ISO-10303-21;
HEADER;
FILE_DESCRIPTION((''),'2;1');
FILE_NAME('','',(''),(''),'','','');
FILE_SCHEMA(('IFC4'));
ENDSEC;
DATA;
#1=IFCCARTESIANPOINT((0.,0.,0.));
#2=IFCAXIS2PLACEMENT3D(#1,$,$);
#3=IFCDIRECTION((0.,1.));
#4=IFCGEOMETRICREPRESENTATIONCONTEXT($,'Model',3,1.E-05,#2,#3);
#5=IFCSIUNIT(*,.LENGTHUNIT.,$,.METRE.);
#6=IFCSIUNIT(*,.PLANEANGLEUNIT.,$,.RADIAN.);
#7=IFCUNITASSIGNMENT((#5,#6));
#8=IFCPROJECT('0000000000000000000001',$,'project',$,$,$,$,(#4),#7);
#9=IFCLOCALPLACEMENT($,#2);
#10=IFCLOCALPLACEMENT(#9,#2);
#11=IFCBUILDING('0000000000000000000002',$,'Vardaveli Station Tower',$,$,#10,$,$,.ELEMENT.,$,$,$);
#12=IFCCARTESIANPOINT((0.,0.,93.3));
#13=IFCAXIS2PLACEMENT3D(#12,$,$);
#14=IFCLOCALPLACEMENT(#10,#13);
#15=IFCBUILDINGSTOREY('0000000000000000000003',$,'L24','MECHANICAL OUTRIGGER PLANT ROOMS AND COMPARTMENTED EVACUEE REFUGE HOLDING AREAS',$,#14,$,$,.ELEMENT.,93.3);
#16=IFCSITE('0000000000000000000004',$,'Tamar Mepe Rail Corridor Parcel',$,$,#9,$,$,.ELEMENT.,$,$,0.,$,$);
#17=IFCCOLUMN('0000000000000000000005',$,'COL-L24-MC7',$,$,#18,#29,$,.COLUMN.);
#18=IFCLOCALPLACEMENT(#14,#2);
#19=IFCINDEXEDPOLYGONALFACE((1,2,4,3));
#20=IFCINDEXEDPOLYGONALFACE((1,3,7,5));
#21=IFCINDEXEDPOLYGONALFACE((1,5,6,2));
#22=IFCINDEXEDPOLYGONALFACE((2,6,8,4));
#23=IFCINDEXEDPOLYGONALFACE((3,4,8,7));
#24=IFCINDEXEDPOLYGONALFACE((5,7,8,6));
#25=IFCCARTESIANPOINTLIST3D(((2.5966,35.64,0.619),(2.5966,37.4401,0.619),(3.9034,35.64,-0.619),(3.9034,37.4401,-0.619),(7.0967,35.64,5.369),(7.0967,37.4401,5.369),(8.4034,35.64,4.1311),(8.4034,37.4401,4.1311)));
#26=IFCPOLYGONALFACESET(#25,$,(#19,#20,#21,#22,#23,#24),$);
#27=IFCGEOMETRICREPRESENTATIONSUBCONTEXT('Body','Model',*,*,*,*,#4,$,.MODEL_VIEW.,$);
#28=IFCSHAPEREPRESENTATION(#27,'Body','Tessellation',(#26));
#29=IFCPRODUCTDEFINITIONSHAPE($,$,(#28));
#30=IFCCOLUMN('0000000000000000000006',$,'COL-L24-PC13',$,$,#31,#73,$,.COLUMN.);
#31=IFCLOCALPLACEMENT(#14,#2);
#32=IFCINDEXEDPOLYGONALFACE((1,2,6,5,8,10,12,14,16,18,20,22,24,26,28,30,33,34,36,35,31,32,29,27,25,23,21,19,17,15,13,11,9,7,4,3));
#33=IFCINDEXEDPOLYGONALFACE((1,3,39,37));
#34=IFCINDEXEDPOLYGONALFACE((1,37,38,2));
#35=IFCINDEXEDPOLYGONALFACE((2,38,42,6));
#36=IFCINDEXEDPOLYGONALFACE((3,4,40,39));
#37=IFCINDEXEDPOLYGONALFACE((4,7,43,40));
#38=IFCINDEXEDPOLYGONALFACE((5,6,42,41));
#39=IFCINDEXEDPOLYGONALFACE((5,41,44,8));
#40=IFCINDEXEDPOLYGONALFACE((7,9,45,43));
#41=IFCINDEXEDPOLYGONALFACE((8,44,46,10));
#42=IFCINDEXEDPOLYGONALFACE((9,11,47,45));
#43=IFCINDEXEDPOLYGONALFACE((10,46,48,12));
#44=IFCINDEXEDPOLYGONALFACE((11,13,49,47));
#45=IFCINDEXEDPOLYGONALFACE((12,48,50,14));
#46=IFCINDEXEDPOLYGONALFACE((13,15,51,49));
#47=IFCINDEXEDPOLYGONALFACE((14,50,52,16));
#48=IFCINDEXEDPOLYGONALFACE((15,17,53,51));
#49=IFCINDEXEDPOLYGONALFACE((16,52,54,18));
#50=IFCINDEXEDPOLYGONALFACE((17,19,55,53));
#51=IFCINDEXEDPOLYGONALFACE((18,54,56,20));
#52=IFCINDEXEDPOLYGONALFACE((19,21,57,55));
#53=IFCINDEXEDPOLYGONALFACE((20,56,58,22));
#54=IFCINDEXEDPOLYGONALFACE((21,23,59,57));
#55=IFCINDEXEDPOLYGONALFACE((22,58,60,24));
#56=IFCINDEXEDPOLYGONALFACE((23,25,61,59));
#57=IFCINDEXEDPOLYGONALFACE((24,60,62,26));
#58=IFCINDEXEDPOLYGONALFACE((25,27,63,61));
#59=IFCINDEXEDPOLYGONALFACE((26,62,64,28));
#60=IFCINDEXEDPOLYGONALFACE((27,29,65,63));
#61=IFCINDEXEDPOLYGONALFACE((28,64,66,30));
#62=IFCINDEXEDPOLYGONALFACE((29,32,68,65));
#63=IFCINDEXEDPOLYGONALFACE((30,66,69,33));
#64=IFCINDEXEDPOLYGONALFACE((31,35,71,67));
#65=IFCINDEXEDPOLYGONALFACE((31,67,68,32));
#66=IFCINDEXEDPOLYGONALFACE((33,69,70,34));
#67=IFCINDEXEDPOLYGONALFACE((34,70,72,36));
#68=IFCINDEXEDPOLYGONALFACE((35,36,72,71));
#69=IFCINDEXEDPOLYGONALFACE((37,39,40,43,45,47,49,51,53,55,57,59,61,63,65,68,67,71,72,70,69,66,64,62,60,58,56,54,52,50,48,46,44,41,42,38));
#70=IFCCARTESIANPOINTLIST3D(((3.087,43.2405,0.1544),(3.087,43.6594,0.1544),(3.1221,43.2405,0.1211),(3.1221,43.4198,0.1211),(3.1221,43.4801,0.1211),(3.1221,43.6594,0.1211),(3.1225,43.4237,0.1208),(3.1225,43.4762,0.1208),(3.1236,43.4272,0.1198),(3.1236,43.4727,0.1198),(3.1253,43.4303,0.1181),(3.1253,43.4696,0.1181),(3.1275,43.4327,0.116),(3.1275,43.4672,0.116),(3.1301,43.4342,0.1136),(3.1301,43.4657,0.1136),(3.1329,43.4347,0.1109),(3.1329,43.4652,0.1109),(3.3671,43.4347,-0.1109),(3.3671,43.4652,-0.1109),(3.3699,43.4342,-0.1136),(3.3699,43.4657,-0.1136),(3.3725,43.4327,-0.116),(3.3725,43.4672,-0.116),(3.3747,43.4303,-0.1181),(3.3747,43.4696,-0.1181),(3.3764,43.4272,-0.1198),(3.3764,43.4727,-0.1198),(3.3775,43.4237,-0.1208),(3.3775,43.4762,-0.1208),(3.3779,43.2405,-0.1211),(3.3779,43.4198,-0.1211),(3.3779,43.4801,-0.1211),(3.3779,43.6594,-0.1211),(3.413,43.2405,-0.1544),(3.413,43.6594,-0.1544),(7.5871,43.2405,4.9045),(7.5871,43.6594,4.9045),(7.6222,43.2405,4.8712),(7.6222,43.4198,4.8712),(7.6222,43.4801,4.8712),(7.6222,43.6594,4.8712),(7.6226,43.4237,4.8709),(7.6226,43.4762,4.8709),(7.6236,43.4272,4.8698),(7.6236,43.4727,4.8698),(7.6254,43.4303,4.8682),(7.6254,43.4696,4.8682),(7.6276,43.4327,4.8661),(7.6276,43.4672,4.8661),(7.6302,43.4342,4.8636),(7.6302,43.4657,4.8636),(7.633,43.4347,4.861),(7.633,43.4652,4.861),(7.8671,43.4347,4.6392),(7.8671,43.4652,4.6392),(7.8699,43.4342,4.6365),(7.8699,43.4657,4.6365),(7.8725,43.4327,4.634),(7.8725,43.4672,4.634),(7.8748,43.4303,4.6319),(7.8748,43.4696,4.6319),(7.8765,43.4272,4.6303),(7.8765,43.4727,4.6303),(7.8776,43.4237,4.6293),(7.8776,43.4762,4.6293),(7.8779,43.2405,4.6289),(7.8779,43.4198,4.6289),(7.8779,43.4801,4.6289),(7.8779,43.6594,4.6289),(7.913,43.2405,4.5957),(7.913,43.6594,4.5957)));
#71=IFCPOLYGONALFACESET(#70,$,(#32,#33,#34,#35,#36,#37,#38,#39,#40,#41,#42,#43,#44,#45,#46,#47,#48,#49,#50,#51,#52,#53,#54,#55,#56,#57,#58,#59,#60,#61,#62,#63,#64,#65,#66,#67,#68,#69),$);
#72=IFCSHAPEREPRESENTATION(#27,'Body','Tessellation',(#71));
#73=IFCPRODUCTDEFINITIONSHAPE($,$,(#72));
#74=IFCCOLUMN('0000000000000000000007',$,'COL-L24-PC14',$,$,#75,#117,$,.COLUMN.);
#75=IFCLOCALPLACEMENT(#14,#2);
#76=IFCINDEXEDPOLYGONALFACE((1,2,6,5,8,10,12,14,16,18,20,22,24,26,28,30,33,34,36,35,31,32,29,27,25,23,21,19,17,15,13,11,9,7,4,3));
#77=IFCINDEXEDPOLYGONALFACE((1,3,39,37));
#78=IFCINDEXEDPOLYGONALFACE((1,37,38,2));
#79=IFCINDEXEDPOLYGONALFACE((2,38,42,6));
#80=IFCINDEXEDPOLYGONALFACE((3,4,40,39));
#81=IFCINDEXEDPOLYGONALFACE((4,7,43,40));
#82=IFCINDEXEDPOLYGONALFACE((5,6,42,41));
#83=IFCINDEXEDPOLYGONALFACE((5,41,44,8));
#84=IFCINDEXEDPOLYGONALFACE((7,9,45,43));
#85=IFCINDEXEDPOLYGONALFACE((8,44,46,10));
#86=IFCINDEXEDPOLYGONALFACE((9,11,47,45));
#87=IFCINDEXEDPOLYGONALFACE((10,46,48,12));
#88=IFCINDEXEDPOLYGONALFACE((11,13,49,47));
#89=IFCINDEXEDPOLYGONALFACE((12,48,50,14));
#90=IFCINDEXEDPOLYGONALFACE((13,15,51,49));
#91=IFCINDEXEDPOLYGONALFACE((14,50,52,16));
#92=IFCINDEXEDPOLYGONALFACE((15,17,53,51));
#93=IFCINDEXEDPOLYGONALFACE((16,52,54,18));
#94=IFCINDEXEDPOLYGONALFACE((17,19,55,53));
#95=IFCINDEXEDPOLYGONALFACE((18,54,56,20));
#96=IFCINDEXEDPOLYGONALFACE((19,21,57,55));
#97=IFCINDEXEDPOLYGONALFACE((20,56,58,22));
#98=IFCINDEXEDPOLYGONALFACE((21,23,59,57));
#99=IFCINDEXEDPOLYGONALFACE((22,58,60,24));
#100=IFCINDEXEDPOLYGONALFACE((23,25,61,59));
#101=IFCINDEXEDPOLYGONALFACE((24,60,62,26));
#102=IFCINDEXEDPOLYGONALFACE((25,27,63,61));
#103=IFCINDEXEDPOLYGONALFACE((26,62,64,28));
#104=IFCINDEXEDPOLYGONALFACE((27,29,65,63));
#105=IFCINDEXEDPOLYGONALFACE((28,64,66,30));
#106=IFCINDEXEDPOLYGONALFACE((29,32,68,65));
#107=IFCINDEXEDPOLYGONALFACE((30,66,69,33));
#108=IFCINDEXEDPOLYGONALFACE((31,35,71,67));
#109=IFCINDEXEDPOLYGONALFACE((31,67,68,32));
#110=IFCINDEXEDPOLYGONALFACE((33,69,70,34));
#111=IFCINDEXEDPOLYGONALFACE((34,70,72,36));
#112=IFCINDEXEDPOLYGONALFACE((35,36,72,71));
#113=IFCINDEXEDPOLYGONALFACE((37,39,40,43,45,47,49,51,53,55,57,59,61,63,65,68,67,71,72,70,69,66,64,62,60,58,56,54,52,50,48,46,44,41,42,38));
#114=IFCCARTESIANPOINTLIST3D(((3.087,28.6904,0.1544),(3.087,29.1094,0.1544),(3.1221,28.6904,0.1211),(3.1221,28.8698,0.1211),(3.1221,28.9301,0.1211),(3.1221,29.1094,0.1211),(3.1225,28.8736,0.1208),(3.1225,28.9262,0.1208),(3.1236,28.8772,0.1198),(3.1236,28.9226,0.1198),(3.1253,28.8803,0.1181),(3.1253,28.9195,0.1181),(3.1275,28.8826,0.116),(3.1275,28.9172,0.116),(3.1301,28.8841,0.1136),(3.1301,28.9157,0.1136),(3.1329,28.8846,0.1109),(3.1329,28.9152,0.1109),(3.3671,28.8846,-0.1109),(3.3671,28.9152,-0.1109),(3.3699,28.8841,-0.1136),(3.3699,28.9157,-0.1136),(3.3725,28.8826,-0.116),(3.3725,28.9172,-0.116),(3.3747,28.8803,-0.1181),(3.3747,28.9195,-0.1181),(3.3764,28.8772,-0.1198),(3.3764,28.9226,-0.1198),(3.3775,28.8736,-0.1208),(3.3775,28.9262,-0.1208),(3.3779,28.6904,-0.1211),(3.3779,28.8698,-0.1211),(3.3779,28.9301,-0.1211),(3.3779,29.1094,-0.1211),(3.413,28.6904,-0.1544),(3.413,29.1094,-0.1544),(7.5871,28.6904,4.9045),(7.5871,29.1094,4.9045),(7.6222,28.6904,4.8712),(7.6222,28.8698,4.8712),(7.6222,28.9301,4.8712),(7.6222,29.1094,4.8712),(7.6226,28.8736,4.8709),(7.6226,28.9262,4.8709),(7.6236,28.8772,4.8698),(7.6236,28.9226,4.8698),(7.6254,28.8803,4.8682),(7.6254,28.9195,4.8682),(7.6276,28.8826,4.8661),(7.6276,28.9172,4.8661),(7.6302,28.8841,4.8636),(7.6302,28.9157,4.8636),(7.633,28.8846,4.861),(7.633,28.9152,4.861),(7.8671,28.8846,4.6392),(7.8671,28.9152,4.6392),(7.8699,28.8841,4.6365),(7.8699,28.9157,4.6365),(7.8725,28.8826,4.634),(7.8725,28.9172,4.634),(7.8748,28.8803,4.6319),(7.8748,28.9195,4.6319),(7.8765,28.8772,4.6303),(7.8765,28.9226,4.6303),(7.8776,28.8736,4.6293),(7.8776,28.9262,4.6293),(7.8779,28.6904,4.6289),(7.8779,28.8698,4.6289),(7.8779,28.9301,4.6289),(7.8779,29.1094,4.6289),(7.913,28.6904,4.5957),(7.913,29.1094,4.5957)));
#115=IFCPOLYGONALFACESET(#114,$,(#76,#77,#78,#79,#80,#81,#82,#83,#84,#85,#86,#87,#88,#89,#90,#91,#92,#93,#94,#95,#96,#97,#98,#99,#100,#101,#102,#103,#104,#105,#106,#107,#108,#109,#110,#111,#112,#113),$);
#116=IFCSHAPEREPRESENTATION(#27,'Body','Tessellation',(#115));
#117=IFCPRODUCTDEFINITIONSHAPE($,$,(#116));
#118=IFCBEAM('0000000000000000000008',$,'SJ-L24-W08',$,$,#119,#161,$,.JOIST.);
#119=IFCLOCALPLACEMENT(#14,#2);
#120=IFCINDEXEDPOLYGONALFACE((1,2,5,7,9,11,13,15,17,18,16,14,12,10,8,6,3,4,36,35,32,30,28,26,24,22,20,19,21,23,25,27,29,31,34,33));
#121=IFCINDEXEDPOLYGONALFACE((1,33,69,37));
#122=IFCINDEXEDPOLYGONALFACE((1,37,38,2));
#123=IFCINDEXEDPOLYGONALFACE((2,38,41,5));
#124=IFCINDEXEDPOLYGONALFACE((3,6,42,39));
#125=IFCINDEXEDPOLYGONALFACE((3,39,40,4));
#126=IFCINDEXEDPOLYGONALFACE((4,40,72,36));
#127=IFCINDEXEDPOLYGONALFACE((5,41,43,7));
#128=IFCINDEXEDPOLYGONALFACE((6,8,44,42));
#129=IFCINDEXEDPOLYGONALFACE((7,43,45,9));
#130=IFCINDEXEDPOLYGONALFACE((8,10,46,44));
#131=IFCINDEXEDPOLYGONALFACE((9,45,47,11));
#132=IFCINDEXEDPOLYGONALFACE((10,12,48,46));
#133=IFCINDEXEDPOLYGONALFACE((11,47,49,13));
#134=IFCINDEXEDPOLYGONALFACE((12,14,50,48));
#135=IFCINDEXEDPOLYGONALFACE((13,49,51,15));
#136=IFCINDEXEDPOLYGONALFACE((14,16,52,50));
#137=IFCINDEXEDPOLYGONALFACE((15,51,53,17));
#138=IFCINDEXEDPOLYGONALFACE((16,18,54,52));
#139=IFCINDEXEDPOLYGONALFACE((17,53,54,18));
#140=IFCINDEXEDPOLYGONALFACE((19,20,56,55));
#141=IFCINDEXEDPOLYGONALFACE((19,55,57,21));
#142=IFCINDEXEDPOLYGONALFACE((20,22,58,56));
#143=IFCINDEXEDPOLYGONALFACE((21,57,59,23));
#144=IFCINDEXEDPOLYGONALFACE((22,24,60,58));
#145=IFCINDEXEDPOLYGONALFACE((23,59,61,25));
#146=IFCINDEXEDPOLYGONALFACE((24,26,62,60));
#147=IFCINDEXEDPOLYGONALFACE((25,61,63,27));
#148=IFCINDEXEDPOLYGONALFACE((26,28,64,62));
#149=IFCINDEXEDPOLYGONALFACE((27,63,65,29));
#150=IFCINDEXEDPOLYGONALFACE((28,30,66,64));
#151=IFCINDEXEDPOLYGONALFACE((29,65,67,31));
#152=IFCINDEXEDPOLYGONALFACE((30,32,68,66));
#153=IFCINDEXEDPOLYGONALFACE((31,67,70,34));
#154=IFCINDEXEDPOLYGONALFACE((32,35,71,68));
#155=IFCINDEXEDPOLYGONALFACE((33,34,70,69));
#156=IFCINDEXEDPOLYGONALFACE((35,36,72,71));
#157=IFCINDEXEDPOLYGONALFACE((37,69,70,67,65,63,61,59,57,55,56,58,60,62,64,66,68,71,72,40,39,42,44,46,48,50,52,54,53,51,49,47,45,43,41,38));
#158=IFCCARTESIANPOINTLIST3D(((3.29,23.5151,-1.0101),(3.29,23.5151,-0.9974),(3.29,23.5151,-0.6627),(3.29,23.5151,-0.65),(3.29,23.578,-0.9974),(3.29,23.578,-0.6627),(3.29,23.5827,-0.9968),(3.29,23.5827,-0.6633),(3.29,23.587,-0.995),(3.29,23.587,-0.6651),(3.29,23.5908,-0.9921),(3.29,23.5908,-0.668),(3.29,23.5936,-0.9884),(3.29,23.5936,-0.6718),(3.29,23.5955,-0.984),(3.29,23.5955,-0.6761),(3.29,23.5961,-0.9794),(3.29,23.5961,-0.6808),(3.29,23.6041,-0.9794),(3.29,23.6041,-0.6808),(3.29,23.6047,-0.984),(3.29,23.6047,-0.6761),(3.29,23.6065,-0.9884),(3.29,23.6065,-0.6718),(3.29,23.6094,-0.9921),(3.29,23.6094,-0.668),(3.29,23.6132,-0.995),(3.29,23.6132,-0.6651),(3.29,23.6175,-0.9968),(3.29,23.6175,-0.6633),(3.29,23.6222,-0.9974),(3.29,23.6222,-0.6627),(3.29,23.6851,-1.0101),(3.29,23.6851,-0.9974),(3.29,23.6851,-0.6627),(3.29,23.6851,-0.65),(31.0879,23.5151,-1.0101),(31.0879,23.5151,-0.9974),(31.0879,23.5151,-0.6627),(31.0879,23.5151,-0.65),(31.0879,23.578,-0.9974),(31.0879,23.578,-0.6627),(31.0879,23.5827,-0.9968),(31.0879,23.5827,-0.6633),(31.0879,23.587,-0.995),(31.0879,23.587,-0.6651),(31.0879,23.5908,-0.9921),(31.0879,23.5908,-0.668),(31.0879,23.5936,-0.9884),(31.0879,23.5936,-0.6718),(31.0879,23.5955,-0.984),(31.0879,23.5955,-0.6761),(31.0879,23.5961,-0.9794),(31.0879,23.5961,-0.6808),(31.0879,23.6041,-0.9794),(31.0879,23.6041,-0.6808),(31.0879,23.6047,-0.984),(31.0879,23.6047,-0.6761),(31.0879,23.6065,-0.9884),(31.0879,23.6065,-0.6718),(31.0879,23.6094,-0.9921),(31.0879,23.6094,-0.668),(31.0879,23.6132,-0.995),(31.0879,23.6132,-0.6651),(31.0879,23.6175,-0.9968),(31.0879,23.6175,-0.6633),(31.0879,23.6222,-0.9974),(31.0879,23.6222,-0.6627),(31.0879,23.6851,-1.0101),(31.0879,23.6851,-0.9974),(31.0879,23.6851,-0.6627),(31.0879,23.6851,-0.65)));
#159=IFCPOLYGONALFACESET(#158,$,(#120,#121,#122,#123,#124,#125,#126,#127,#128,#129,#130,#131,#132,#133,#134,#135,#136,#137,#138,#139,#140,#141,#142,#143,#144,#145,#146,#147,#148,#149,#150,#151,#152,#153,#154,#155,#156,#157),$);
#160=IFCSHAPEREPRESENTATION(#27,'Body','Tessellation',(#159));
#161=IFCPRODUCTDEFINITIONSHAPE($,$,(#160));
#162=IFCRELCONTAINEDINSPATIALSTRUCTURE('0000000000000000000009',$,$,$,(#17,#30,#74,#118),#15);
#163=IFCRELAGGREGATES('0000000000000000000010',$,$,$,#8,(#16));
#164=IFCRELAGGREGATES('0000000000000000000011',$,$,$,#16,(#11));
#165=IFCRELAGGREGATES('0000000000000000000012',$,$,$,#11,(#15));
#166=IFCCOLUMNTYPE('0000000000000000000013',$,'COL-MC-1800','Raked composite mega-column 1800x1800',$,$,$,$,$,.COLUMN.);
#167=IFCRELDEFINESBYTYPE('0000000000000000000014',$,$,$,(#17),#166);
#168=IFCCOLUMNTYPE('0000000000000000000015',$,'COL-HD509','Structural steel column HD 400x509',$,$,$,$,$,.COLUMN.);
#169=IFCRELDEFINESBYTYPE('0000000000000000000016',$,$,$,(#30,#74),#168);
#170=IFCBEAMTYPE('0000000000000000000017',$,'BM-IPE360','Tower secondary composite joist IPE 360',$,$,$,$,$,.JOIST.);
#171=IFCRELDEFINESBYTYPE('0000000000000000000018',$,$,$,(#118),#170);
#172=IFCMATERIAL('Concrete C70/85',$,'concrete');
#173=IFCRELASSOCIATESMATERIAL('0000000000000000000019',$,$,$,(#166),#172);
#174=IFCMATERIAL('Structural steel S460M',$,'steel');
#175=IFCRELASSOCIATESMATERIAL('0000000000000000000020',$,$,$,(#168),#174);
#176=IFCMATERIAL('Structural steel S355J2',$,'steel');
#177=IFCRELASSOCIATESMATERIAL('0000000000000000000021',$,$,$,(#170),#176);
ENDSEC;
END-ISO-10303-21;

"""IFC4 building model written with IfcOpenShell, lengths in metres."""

from ifc_helpers import new_model, si_unit, direction, frame, origin, origin_2d, place, context, subcontext, project, spatial, rectangle, i_section, extrude, source, transform, mapped, material, material_profile, profile_set, type_object, element, save


model = new_model("IFC4")

# Units and contexts
model_context = context("Model", 3, precision=1e-05, world=origin(), true_north=direction((0.0, 1.0)))
body_context = subcontext(model_context, "Body", "Model", "MODEL_VIEW")
ifc_project = project(units=[si_unit("LENGTHUNIT", "METRE"), si_unit("PLANEANGLEUNIT", "RADIAN")], contexts=[model_context])

# Site, building, storey
site_placement = place(None, origin())
site = spatial("IfcSite", under=ifc_project, at=site_placement, Name="Tamar Mepe Rail Corridor Parcel", CompositionType="ELEMENT", RefElevation=0.0)
building_placement = place(site_placement, origin())
building = spatial("IfcBuilding", under=site, at=building_placement, Name="Vardaveli Station Tower", CompositionType="ELEMENT")
storey_placement = place(building_placement, frame((0.0, 0.0, 93.3)))
storey = spatial("IfcBuildingStorey", under=building, at=storey_placement, Name="L24", Description="MECHANICAL OUTRIGGER PLANT ROOMS AND COMPARTMENTED EVACUEE REFUGE HOLDING AREAS", CompositionType="ELEMENT", Elevation=93.3)

# Columns
ifc_material_1 = material(Name="Concrete C70/85", Category="concrete")
ifc_material_profile_1 = material_profile(ifc_material_1, rectangle(XDim=1.8, YDim=1.8, at=origin_2d()), Name="MC 1800x1800")
ifc_profile_set_1 = profile_set([ifc_material_profile_1], Name="Concrete C70/85")
column_type_1 = type_object("IfcColumnType", Name="COL-MC-1800", Description="Raked composite mega-column 1800x1800", PredefinedType="COLUMN", material=ifc_profile_set_1)
shared_shape_1 = source(origin(), body_context, "Body", "SweptSolid", [
    extrude(rectangle(XDim=1.8, YDim=1.8, at=origin_2d()), origin(), (0.0, 0.0, 1.0), 6.5432),
])
column_placement = place(storey_placement, frame((3.25, 36.54, 0.0), z_axis=(0.687745, 0.0, 0.725953), x_axis=(0.0, 1.0, 0.0)))
element("IfcColumn", 1, at=column_placement, inside=storey, type_object=column_type_1, Name="COL-L24-MC7", PredefinedType="COLUMN", context=body_context, shape_type="MappedRepresentation", body=[
    mapped(shared_shape_1, transform((0.0, 0.0, 0.0), scale=1.0)),
])
ifc_material_2 = material(Name="Structural steel S460M", Category="steel")
ifc_material_profile_2 = material_profile(ifc_material_2, i_section(OverallWidth=0.4189, OverallDepth=0.449, WebThickness=0.0305, FlangeThickness=0.0483, FilletRadius=0.0149, at=origin_2d()), Name="HD 400x509")
ifc_profile_set_2 = profile_set([ifc_material_profile_2], Name="Structural steel S460M")
column_type_2 = type_object("IfcColumnType", Name="COL-HD509", Description="Structural steel column HD 400x509", PredefinedType="COLUMN", material=ifc_profile_set_2)
shared_shape_2 = source(origin(), body_context, "Body", "SweptSolid", [
    extrude(i_section(OverallWidth=0.4189, OverallDepth=0.449, WebThickness=0.0305, FlangeThickness=0.0483, FilletRadius=0.0149, at=origin_2d()), origin(), (0.0, 0.0, 1.0), 6.5432),
])
for number, where, z_axis, x_axis, name in (
    (2, (3.25, 43.45, 0.0), (0.687745, 0.0, 0.725953), (0.0, 1.0, 0.0), "COL-L24-PC13"),
    (3, (3.25, 28.8999, 0.0), (0.687745, 0.0, 0.725953), (0.0, 1.0, 0.0), "COL-L24-PC14"),
):
    element("IfcColumn", number, at=place(storey_placement, frame(where, z_axis=z_axis, x_axis=x_axis)), inside=storey, type_object=column_type_2, Name=name, PredefinedType="COLUMN", context=body_context, shape_type="MappedRepresentation", body=[
        mapped(shared_shape_2, transform((0.0, 0.0, 0.0), scale=1.0)),
    ])

# Beam
ifc_material_3 = material(Name="Structural steel S355J2", Category="steel")
ifc_material_profile_3 = material_profile(ifc_material_3, i_section(OverallWidth=0.1699, OverallDepth=0.3601, WebThickness=0.0081, FlangeThickness=0.0127, FilletRadius=0.0181, at=origin_2d()), Name="IPE 360")
ifc_profile_set_3 = profile_set([ifc_material_profile_3], Name="Structural steel S355J2")
beam_type_1 = type_object("IfcBeamType", Name="BM-IPE360", Description="Tower secondary composite joist IPE 360", PredefinedType="JOIST", material=ifc_profile_set_3)
shared_shape_3 = source(origin(), body_context, "Body", "SweptSolid", [
    extrude(i_section(OverallWidth=0.1699, OverallDepth=0.3601, WebThickness=0.0081, FlangeThickness=0.0127, FilletRadius=0.0181, at=origin_2d()), origin(), (0.0, 0.0, 1.0), 27.7979),
])
beam_1_placement = place(storey_placement, frame((3.29, 23.6001, -0.8301), z_axis=(1.0, 0.0, 0.0), x_axis=(0.0, 1.0, 0.0)))
element("IfcBeam", 4, at=beam_1_placement, inside=storey, type_object=beam_type_1, Name="SJ-L24-W08", PredefinedType="JOIST", context=body_context, shape_type="MappedRepresentation", body=[
    mapped(shared_shape_3, transform((0.0, 0.0, 0.0), scale=1.0)),
])

save(model, "model.ifc")
